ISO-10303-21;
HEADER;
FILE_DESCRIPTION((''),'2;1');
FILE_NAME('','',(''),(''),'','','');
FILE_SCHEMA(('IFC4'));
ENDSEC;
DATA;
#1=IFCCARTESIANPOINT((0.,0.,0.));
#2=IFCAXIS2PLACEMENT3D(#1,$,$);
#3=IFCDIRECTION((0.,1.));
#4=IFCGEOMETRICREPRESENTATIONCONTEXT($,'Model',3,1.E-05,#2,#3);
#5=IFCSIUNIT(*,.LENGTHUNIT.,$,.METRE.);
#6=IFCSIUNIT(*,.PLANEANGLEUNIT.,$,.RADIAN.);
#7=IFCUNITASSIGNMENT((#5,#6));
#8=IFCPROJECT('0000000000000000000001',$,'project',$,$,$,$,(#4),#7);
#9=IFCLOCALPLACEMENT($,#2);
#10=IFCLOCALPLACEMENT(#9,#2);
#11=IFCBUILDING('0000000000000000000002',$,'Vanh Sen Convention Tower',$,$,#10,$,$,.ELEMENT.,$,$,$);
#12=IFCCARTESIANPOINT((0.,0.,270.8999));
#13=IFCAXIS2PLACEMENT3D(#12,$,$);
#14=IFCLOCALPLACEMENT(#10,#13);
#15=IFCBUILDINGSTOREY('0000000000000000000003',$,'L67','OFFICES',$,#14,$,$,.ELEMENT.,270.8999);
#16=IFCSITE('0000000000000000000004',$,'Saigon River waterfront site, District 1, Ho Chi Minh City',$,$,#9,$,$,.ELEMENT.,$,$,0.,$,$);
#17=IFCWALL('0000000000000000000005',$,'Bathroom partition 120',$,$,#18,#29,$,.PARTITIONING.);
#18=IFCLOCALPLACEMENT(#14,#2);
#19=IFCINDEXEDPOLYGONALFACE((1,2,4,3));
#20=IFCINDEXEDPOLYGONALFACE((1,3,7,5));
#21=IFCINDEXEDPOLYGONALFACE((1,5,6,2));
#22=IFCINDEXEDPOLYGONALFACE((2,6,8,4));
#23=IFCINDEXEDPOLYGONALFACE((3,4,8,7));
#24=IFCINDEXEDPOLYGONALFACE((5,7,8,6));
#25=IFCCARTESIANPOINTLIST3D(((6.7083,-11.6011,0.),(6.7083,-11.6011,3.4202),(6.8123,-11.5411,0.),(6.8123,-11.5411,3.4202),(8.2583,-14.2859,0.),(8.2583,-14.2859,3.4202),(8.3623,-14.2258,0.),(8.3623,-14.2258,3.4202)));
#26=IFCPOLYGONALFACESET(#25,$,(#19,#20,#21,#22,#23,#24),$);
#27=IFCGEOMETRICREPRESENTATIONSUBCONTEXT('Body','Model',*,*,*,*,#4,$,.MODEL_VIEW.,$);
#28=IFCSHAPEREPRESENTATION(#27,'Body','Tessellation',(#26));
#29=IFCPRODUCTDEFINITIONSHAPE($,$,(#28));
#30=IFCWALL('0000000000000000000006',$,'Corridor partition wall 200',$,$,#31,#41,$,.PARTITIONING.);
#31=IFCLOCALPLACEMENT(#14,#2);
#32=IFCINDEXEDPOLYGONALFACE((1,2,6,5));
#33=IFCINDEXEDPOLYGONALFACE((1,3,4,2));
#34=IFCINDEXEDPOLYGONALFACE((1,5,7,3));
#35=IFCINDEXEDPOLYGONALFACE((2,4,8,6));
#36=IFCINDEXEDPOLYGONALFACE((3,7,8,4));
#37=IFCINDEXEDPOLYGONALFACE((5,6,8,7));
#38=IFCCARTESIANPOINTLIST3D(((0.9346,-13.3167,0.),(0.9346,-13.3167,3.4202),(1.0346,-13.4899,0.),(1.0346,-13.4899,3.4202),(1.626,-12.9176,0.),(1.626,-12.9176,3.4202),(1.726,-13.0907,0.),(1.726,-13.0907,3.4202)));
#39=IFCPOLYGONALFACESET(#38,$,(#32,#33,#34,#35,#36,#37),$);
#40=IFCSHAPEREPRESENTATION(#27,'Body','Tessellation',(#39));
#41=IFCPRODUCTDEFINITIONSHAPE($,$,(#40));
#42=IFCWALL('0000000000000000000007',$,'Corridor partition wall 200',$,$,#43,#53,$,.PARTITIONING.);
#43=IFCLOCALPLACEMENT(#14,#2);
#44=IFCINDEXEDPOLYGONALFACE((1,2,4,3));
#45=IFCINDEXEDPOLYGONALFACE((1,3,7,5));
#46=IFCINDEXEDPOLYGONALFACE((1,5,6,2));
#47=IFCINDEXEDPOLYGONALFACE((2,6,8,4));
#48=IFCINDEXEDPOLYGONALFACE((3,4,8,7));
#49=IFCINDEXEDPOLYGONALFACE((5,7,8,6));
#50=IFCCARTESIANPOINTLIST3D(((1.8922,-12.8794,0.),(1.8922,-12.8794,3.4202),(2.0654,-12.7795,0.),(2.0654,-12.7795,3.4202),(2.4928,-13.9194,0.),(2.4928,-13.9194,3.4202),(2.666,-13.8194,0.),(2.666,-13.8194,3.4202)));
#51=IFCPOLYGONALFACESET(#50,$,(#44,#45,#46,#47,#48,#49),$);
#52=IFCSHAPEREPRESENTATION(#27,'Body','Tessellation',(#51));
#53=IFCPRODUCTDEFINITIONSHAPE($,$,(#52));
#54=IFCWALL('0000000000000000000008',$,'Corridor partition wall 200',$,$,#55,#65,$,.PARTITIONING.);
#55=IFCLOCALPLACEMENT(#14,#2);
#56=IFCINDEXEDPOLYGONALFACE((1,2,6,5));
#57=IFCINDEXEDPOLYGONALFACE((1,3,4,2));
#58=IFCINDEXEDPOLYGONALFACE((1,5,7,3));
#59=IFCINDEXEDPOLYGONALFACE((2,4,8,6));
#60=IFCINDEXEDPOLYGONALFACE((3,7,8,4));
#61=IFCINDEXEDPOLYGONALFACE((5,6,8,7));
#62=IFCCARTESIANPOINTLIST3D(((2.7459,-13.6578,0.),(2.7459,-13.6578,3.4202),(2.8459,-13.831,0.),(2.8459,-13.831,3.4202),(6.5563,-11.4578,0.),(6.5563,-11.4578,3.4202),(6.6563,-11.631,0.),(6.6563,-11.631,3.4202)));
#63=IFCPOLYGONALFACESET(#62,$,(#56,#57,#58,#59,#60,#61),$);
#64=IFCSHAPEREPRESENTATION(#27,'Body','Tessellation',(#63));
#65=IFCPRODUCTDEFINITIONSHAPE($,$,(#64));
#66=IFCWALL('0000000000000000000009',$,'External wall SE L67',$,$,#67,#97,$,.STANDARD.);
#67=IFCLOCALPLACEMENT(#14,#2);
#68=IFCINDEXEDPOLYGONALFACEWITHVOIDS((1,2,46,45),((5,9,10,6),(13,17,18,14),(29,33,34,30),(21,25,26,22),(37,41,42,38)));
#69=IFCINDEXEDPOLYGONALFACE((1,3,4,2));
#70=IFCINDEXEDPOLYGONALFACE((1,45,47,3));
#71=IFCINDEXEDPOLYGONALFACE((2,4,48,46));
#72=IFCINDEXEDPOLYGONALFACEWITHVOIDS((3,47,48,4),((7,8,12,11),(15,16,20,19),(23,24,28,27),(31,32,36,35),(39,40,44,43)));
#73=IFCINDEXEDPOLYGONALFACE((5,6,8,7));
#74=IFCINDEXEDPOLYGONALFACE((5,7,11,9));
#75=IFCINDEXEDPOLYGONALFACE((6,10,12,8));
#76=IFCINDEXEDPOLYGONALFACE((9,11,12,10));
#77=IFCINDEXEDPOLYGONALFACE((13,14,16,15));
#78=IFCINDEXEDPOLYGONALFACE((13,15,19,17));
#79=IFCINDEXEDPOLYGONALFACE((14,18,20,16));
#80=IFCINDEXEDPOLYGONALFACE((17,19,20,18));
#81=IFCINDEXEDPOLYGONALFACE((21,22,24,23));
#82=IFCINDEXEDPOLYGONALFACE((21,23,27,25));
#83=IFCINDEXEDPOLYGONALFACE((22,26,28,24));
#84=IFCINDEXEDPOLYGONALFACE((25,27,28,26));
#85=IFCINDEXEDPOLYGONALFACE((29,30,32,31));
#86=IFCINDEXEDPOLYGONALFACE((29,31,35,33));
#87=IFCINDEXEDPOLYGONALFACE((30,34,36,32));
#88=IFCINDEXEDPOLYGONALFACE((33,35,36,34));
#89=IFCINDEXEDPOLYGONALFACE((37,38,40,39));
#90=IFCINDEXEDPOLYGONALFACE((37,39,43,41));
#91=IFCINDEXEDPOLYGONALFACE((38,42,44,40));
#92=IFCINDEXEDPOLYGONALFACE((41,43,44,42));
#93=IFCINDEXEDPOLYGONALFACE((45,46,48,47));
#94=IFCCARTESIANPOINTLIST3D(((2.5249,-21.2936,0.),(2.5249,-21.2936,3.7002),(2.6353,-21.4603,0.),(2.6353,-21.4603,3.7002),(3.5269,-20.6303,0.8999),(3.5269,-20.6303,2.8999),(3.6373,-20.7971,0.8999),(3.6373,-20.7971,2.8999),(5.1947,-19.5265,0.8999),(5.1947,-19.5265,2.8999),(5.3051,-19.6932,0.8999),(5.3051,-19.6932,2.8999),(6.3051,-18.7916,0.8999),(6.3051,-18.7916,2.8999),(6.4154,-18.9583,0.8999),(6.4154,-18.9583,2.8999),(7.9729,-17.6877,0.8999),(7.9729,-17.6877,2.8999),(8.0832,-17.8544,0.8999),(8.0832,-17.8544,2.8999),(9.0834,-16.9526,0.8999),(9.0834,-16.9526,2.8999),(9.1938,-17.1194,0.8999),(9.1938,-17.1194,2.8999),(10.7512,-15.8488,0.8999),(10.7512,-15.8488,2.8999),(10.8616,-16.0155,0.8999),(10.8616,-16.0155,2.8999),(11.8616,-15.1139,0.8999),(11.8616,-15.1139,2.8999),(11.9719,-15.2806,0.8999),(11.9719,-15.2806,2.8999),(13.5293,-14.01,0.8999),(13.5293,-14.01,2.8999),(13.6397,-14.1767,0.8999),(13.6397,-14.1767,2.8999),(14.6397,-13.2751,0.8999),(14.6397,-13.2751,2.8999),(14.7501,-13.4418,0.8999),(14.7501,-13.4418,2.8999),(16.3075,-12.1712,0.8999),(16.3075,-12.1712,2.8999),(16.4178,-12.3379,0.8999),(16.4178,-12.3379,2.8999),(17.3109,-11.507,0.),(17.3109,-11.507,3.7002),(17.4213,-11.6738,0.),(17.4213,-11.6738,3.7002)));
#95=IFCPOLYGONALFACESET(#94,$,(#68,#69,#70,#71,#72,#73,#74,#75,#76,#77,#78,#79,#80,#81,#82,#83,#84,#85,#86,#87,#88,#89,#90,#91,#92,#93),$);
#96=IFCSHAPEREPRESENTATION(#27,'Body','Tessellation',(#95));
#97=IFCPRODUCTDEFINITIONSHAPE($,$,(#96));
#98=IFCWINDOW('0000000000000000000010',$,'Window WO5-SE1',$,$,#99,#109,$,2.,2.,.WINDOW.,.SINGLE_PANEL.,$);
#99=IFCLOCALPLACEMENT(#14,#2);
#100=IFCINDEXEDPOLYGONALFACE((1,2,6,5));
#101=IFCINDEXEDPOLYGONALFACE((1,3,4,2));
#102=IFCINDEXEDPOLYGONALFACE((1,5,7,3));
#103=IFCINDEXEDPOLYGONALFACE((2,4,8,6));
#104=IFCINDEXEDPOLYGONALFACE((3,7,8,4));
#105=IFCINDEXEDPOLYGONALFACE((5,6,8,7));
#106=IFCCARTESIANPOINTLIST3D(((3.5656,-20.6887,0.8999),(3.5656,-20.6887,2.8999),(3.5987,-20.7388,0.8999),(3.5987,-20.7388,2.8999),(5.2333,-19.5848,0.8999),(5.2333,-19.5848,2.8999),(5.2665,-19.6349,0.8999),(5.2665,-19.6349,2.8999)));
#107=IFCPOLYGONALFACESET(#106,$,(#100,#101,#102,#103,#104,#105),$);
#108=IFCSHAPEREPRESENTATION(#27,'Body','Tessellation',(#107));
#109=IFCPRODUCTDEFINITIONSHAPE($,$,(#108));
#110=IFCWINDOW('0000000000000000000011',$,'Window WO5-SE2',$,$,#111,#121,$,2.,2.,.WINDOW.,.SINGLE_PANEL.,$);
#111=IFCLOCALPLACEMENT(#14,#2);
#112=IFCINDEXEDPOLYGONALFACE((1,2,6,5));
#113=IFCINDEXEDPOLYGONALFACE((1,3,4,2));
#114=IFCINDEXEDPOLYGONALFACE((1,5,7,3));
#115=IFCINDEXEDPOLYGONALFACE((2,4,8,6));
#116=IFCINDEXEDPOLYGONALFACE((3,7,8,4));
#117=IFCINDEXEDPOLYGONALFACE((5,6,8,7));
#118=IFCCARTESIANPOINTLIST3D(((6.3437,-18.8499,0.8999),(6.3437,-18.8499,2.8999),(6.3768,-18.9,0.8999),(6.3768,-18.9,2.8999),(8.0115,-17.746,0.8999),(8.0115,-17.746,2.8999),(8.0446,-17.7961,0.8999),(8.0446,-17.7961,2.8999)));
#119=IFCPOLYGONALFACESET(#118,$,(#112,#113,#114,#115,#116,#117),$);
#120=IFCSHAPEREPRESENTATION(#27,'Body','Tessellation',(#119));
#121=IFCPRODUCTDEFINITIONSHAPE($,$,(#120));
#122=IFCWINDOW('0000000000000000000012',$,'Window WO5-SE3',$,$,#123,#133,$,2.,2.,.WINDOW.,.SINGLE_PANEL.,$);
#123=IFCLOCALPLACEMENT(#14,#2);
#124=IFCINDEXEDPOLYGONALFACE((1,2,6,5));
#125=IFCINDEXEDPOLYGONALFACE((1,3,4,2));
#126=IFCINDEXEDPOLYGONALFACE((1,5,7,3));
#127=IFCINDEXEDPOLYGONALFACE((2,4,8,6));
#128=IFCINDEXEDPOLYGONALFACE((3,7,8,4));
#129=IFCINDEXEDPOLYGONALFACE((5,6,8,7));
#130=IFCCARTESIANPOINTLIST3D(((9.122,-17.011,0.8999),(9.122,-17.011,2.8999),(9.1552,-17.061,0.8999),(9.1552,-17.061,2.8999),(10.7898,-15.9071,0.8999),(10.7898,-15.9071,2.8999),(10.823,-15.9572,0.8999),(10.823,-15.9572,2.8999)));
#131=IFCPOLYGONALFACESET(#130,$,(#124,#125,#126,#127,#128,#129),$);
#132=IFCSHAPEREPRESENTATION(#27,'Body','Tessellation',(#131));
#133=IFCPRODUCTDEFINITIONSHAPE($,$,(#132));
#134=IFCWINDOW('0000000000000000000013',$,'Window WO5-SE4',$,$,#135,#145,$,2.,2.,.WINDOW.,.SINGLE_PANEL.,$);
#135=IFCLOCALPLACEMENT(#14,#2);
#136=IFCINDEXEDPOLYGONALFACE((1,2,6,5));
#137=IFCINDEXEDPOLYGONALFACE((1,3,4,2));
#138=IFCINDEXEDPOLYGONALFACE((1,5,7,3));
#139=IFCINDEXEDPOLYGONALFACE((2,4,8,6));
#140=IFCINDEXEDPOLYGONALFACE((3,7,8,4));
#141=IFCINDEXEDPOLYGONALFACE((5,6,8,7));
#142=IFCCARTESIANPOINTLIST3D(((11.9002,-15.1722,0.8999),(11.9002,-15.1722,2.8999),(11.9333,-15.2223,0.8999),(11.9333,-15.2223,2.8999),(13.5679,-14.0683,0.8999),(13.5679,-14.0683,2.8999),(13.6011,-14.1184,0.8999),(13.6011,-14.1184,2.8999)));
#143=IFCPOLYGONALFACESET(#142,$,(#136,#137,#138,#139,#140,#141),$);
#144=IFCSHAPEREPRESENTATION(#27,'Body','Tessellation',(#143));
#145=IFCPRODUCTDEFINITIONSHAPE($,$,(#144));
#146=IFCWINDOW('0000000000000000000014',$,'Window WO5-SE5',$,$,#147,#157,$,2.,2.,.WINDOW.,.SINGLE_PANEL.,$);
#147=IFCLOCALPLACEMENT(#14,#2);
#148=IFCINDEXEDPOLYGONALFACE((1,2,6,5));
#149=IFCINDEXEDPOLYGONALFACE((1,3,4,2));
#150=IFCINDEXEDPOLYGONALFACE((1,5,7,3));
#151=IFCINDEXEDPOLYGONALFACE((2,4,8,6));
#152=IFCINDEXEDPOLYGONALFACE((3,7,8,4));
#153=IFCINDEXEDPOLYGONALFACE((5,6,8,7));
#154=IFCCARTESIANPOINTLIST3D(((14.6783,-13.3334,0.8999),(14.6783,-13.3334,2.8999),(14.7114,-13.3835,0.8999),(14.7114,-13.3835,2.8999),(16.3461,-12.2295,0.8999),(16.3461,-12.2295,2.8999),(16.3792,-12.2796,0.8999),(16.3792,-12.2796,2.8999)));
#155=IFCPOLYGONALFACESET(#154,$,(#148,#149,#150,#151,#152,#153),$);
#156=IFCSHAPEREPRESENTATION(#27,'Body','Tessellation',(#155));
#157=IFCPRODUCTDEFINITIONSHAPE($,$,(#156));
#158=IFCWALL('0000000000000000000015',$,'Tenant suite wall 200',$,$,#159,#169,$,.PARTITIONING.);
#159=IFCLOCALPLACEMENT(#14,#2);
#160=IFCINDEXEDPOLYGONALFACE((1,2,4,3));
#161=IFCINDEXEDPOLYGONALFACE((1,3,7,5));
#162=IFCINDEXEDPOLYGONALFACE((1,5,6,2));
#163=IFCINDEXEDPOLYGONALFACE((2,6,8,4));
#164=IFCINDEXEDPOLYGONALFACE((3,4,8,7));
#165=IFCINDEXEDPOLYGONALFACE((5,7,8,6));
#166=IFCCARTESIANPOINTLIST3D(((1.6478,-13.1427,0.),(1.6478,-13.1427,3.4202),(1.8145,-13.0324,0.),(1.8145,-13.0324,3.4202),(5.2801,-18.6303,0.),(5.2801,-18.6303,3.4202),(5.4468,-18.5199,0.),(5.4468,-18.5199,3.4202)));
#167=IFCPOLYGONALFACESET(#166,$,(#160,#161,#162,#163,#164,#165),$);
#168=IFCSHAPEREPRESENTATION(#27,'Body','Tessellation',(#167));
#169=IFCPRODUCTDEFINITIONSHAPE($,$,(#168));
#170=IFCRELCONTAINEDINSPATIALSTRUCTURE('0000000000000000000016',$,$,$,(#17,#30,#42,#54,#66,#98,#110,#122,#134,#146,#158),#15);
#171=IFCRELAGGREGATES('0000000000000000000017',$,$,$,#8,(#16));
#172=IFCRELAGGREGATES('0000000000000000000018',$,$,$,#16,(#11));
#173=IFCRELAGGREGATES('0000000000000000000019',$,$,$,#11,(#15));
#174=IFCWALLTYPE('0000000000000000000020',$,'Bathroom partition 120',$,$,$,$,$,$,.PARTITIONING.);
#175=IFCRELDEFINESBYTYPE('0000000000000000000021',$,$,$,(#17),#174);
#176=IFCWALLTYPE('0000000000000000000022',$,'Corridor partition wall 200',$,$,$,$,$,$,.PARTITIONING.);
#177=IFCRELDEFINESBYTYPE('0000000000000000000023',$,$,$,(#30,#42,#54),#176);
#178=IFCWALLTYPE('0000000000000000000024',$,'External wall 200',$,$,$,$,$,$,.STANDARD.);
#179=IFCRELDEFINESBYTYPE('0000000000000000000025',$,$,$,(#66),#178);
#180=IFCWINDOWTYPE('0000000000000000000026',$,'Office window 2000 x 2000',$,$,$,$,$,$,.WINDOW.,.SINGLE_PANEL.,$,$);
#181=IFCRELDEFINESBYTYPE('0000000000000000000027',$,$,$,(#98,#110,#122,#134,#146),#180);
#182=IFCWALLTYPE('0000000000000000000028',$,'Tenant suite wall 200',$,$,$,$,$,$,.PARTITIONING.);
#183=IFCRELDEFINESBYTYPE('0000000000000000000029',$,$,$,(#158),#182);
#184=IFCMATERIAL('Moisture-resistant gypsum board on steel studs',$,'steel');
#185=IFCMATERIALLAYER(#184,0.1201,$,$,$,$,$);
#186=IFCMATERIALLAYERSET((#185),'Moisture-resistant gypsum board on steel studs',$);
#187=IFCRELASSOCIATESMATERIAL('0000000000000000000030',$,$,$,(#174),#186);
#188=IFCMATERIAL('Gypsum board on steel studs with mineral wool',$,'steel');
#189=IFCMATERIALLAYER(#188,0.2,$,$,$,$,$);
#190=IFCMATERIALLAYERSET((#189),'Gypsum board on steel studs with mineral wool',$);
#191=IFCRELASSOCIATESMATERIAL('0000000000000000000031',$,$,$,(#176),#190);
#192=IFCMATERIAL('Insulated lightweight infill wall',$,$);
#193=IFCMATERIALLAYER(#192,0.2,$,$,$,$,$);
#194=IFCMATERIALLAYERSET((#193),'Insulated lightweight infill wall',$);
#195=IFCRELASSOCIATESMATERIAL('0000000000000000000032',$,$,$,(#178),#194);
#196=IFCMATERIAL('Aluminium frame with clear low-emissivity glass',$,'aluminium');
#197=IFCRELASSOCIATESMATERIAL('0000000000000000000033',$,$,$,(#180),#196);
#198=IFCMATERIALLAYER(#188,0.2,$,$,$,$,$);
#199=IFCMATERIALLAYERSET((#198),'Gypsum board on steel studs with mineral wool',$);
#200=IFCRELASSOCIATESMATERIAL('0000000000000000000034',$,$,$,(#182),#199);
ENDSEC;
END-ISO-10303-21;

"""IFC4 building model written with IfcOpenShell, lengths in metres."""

from ifc_helpers import new_model, si_unit, direction, frame, frame_2d, origin, place, context, subcontext, project, spatial, rectangle, extrude, material, layer, layer_set, type_object, element, fill, save


model = new_model("IFC4")

# Units and contexts
model_context = context("Model", 3, precision=1e-05, world=origin(), true_north=direction((0.0, 1.0)))
body_context = subcontext(model_context, "Body", "Model", "MODEL_VIEW")
ifc_project = project(units=[si_unit("LENGTHUNIT", "METRE"), si_unit("PLANEANGLEUNIT", "RADIAN")], contexts=[model_context])

# Site, building, storey
site_placement = place(None, origin())
site = spatial("IfcSite", under=ifc_project, at=site_placement, Name="Saigon River waterfront site, District 1, Ho Chi Minh City", CompositionType="ELEMENT", RefElevation=0.0)
building_placement = place(site_placement, origin())
building = spatial("IfcBuilding", under=site, at=building_placement, Name="Vanh Sen Convention Tower", CompositionType="ELEMENT")
storey_placement = place(building_placement, frame((0.0, 0.0, 270.8999)))
storey = spatial("IfcBuildingStorey", under=building, at=storey_placement, Name="L67", Description="OFFICES", CompositionType="ELEMENT", Elevation=270.8999)

# Walls
ifc_material_1 = material(Name="Moisture-resistant gypsum board on steel studs", Category="steel")
ifc_layer_1 = layer(ifc_material_1, 0.1201)
ifc_layer_set_1 = layer_set([ifc_layer_1], Name="Moisture-resistant gypsum board on steel studs")
wall_type_1 = type_object("IfcWallType", Name="Bathroom partition 120", PredefinedType="PARTITIONING", material=ifc_layer_set_1)
wall_1_placement = place(storey_placement, frame((8.3103, -14.2559, 0.0), z_axis=(0.0, 0.0, 1.0), x_axis=(-0.499993, 0.86603, 0.0)))
element("IfcWall", 1, at=wall_1_placement, inside=storey, type_object=wall_type_1, Name="Bathroom partition 120", PredefinedType="PARTITIONING", context=body_context, shape_type="SweptSolid", body=[
    extrude(rectangle(XDim=3.1001, YDim=0.1201, at=frame_2d((1.55, 0.0))), origin(), (0.0, 0.0, 1.0), 3.4202),
])
ifc_material_2 = material(Name="Gypsum board on steel studs with mineral wool", Category="steel")
ifc_layer_2 = layer(ifc_material_2, 0.2)
ifc_layer_set_2 = layer_set([ifc_layer_2], Name="Gypsum board on steel studs with mineral wool")
wall_type_2 = type_object("IfcWallType", Name="Corridor partition wall 200", PredefinedType="PARTITIONING", material=ifc_layer_set_2)
wall_2_placement = place(storey_placement, frame((0.9846, -13.4033, 0.0), z_axis=(0.0, 0.0, 1.0), x_axis=(0.866033, 0.499987, 0.0)))
element("IfcWall", 2, at=wall_2_placement, inside=storey, type_object=wall_type_2, Name="Corridor partition wall 200", PredefinedType="PARTITIONING", context=body_context, shape_type="SweptSolid", body=[
    extrude(rectangle(XDim=0.7983, YDim=0.2, at=frame_2d((0.3992, 0.0))), origin(), (0.0, 0.0, 1.0), 3.4202),
])
wall_3_placement = place(storey_placement, frame((1.9788, -12.8293, 0.0), z_axis=(0.0, 0.0, 1.0), x_axis=(0.500074, -0.865982, 0.0)))
element("IfcWall", 3, at=wall_3_placement, inside=storey, type_object=wall_type_2, Name="Corridor partition wall 200", PredefinedType="PARTITIONING", context=body_context, shape_type="SweptSolid", body=[
    extrude(rectangle(XDim=1.2009, YDim=0.2, at=frame_2d((0.6006, 0.0))), origin(), (0.0, 0.0, 1.0), 3.4202),
])
wall_4_placement = place(storey_placement, frame((2.7959, -13.7444, 0.0), z_axis=(0.0, 0.0, 1.0), x_axis=(0.866018, 0.500012, 0.0)))
element("IfcWall", 4, at=wall_4_placement, inside=storey, type_object=wall_type_2, Name="Corridor partition wall 200", PredefinedType="PARTITIONING", context=body_context, shape_type="SweptSolid", body=[
    extrude(rectangle(XDim=4.3999, YDim=0.2, at=frame_2d((2.2, 0.0))), origin(), (0.0, 0.0, 1.0), 3.4202),
])

# Wall, openings, windows
ifc_material_3 = material(Name="Insulated lightweight infill wall")
ifc_layer_3 = layer(ifc_material_3, 0.2)
ifc_layer_set_3 = layer_set([ifc_layer_3], Name="Insulated lightweight infill wall")
wall_type_3 = type_object("IfcWallType", Name="External wall 200", PredefinedType="STANDARD", material=ifc_layer_set_3)
wall_5_placement = place(storey_placement, frame((2.5801, -21.377, 0.0), z_axis=(0.0, 0.0, 1.0), x_axis=(0.833889, 0.551933, 0.0)))
wall_5 = element("IfcWall", 5, at=wall_5_placement, inside=storey, type_object=wall_type_3, Name="External wall SE L67", PredefinedType="STANDARD", context=body_context, shape_type="SweptSolid", body=[
    extrude(rectangle(XDim=17.7314, YDim=0.2, at=frame_2d((8.8657, 0.0))), origin(), (0.0, 0.0, 1.0), 3.7002),
])
opening_1_placement = place(wall_5_placement, frame((1.2017, 0.0, 0.8999)))
opening_1 = element("IfcOpeningElement", 6, at=opening_1_placement, cuts=wall_5, PredefinedType="OPENING", context=body_context, shape_type="SweptSolid", body=[
    extrude(rectangle(XDim=2.0, YDim=2.0, at=frame_2d((1.0, 1.0))), frame((0.0, 0.1099, 0.0), z_axis=(0.0, -1.0, 0.0), x_axis=(1.0, 0.0, 0.0)), (0.0, 0.0, 1.0), 0.22),
])
opening_2_placement = place(wall_5_placement, frame((4.5332, 0.0, 0.8999)))
opening_2 = element("IfcOpeningElement", 7, at=opening_2_placement, cuts=wall_5, PredefinedType="OPENING", context=body_context, shape_type="SweptSolid", body=[
    extrude(rectangle(XDim=2.0, YDim=2.0, at=frame_2d((1.0, 1.0))), frame((0.0, 0.1099, 0.0), z_axis=(0.0, -1.0, 0.0), x_axis=(1.0, 0.0, 0.0)), (0.0, 0.0, 1.0), 0.22),
])
opening_3_placement = place(wall_5_placement, frame((7.865, 0.0, 0.8999)))
opening_3 = element("IfcOpeningElement", 8, at=opening_3_placement, cuts=wall_5, PredefinedType="OPENING", context=body_context, shape_type="SweptSolid", body=[
    extrude(rectangle(XDim=2.0, YDim=2.0, at=frame_2d((1.0, 1.0))), frame((0.0, 0.1099, 0.0), z_axis=(0.0, -1.0, 0.0), x_axis=(1.0, 0.0, 0.0)), (0.0, 0.0, 1.0), 0.22),
])
opening_4_placement = place(wall_5_placement, frame((11.1965, 0.0, 0.8999)))
opening_4 = element("IfcOpeningElement", 9, at=opening_4_placement, cuts=wall_5, PredefinedType="OPENING", context=body_context, shape_type="SweptSolid", body=[
    extrude(rectangle(XDim=2.0, YDim=2.0, at=frame_2d((1.0, 1.0))), frame((0.0, 0.1099, 0.0), z_axis=(0.0, -1.0, 0.0), x_axis=(1.0, 0.0, 0.0)), (0.0, 0.0, 1.0), 0.22),
])
opening_5_placement = place(wall_5_placement, frame((14.5281, 0.0, 0.8999)))
opening_5 = element("IfcOpeningElement", 10, at=opening_5_placement, cuts=wall_5, PredefinedType="OPENING", context=body_context, shape_type="SweptSolid", body=[
    extrude(rectangle(XDim=2.0, YDim=2.0, at=frame_2d((1.0, 1.0))), frame((0.0, 0.1099, 0.0), z_axis=(0.0, -1.0, 0.0), x_axis=(1.0, 0.0, 0.0)), (0.0, 0.0, 1.0), 0.22),
])
ifc_material_4 = material(Name="Aluminium frame with clear low-emissivity glass", Category="aluminium")
window_type = type_object("IfcWindowType", Name="Office window 2000 x 2000", PartitioningType="SINGLE_PANEL", PredefinedType="WINDOW", material=ifc_material_4)
window_1_placement = place(opening_1_placement, origin())
window_1 = element("IfcWindow", 11, at=window_1_placement, inside=storey, type_object=window_type, Name="Window WO5-SE1", OverallHeight=2.0, OverallWidth=2.0, PartitioningType="SINGLE_PANEL", PredefinedType="WINDOW", context=body_context, shape_type="SweptSolid", body=[
    extrude(rectangle(XDim=2.0, YDim=2.0, at=frame_2d((1.0, 1.0))), frame((0.0, 0.03, 0.0), z_axis=(0.0, -1.0, 0.0), x_axis=(1.0, 0.0, 0.0)), (0.0, 0.0, 1.0), 0.0601),
])
fill(opening_1, window_1)
window_2_placement = place(opening_2_placement, origin())
window_2 = element("IfcWindow", 12, at=window_2_placement, inside=storey, type_object=window_type, Name="Window WO5-SE2", OverallHeight=2.0, OverallWidth=2.0, PartitioningType="SINGLE_PANEL", PredefinedType="WINDOW", context=body_context, shape_type="SweptSolid", body=[
    extrude(rectangle(XDim=2.0, YDim=2.0, at=frame_2d((1.0, 1.0))), frame((0.0, 0.03, 0.0), z_axis=(0.0, -1.0, 0.0), x_axis=(1.0, 0.0, 0.0)), (0.0, 0.0, 1.0), 0.0601),
])
fill(opening_2, window_2)
window_3_placement = place(opening_3_placement, origin())
window_3 = element("IfcWindow", 13, at=window_3_placement, inside=storey, type_object=window_type, Name="Window WO5-SE3", OverallHeight=2.0, OverallWidth=2.0, PartitioningType="SINGLE_PANEL", PredefinedType="WINDOW", context=body_context, shape_type="SweptSolid", body=[
    extrude(rectangle(XDim=2.0, YDim=2.0, at=frame_2d((1.0, 1.0))), frame((0.0, 0.03, 0.0), z_axis=(0.0, -1.0, 0.0), x_axis=(1.0, 0.0, 0.0)), (0.0, 0.0, 1.0), 0.0601),
])
fill(opening_3, window_3)
window_4_placement = place(opening_4_placement, origin())
window_4 = element("IfcWindow", 14, at=window_4_placement, inside=storey, type_object=window_type, Name="Window WO5-SE4", OverallHeight=2.0, OverallWidth=2.0, PartitioningType="SINGLE_PANEL", PredefinedType="WINDOW", context=body_context, shape_type="SweptSolid", body=[
    extrude(rectangle(XDim=2.0, YDim=2.0, at=frame_2d((1.0, 1.0))), frame((0.0, 0.03, 0.0), z_axis=(0.0, -1.0, 0.0), x_axis=(1.0, 0.0, 0.0)), (0.0, 0.0, 1.0), 0.0601),
])
fill(opening_4, window_4)
window_5_placement = place(opening_5_placement, origin())
window_5 = element("IfcWindow", 15, at=window_5_placement, inside=storey, type_object=window_type, Name="Window WO5-SE5", OverallHeight=2.0, OverallWidth=2.0, PartitioningType="SINGLE_PANEL", PredefinedType="WINDOW", context=body_context, shape_type="SweptSolid", body=[
    extrude(rectangle(XDim=2.0, YDim=2.0, at=frame_2d((1.0, 1.0))), frame((0.0, 0.03, 0.0), z_axis=(0.0, -1.0, 0.0), x_axis=(1.0, 0.0, 0.0)), (0.0, 0.0, 1.0), 0.0601),
])
fill(opening_5, window_5)

# Wall
ifc_layer_4 = layer(ifc_material_2, 0.2)
ifc_layer_set_4 = layer_set([ifc_layer_4], Name="Gypsum board on steel studs with mineral wool")
wall_type_4 = type_object("IfcWallType", Name="Tenant suite wall 200", PredefinedType="PARTITIONING", material=ifc_layer_set_4)
wall_6_placement = place(storey_placement, frame((5.3635, -18.5752, 0.0), z_axis=(0.0, 0.0, 1.0), x_axis=(-0.551958, 0.833872, 0.0)))
element("IfcWall", 16, at=wall_6_placement, inside=storey, type_object=wall_type_4, Name="Tenant suite wall 200", PredefinedType="PARTITIONING", context=body_context, shape_type="SweptSolid", body=[
    extrude(rectangle(XDim=6.5808, YDim=0.2, at=frame_2d((3.2905, 0.0))), origin(), (0.0, 0.0, 1.0), 3.4202),
])

save(model, "model.ifc")
